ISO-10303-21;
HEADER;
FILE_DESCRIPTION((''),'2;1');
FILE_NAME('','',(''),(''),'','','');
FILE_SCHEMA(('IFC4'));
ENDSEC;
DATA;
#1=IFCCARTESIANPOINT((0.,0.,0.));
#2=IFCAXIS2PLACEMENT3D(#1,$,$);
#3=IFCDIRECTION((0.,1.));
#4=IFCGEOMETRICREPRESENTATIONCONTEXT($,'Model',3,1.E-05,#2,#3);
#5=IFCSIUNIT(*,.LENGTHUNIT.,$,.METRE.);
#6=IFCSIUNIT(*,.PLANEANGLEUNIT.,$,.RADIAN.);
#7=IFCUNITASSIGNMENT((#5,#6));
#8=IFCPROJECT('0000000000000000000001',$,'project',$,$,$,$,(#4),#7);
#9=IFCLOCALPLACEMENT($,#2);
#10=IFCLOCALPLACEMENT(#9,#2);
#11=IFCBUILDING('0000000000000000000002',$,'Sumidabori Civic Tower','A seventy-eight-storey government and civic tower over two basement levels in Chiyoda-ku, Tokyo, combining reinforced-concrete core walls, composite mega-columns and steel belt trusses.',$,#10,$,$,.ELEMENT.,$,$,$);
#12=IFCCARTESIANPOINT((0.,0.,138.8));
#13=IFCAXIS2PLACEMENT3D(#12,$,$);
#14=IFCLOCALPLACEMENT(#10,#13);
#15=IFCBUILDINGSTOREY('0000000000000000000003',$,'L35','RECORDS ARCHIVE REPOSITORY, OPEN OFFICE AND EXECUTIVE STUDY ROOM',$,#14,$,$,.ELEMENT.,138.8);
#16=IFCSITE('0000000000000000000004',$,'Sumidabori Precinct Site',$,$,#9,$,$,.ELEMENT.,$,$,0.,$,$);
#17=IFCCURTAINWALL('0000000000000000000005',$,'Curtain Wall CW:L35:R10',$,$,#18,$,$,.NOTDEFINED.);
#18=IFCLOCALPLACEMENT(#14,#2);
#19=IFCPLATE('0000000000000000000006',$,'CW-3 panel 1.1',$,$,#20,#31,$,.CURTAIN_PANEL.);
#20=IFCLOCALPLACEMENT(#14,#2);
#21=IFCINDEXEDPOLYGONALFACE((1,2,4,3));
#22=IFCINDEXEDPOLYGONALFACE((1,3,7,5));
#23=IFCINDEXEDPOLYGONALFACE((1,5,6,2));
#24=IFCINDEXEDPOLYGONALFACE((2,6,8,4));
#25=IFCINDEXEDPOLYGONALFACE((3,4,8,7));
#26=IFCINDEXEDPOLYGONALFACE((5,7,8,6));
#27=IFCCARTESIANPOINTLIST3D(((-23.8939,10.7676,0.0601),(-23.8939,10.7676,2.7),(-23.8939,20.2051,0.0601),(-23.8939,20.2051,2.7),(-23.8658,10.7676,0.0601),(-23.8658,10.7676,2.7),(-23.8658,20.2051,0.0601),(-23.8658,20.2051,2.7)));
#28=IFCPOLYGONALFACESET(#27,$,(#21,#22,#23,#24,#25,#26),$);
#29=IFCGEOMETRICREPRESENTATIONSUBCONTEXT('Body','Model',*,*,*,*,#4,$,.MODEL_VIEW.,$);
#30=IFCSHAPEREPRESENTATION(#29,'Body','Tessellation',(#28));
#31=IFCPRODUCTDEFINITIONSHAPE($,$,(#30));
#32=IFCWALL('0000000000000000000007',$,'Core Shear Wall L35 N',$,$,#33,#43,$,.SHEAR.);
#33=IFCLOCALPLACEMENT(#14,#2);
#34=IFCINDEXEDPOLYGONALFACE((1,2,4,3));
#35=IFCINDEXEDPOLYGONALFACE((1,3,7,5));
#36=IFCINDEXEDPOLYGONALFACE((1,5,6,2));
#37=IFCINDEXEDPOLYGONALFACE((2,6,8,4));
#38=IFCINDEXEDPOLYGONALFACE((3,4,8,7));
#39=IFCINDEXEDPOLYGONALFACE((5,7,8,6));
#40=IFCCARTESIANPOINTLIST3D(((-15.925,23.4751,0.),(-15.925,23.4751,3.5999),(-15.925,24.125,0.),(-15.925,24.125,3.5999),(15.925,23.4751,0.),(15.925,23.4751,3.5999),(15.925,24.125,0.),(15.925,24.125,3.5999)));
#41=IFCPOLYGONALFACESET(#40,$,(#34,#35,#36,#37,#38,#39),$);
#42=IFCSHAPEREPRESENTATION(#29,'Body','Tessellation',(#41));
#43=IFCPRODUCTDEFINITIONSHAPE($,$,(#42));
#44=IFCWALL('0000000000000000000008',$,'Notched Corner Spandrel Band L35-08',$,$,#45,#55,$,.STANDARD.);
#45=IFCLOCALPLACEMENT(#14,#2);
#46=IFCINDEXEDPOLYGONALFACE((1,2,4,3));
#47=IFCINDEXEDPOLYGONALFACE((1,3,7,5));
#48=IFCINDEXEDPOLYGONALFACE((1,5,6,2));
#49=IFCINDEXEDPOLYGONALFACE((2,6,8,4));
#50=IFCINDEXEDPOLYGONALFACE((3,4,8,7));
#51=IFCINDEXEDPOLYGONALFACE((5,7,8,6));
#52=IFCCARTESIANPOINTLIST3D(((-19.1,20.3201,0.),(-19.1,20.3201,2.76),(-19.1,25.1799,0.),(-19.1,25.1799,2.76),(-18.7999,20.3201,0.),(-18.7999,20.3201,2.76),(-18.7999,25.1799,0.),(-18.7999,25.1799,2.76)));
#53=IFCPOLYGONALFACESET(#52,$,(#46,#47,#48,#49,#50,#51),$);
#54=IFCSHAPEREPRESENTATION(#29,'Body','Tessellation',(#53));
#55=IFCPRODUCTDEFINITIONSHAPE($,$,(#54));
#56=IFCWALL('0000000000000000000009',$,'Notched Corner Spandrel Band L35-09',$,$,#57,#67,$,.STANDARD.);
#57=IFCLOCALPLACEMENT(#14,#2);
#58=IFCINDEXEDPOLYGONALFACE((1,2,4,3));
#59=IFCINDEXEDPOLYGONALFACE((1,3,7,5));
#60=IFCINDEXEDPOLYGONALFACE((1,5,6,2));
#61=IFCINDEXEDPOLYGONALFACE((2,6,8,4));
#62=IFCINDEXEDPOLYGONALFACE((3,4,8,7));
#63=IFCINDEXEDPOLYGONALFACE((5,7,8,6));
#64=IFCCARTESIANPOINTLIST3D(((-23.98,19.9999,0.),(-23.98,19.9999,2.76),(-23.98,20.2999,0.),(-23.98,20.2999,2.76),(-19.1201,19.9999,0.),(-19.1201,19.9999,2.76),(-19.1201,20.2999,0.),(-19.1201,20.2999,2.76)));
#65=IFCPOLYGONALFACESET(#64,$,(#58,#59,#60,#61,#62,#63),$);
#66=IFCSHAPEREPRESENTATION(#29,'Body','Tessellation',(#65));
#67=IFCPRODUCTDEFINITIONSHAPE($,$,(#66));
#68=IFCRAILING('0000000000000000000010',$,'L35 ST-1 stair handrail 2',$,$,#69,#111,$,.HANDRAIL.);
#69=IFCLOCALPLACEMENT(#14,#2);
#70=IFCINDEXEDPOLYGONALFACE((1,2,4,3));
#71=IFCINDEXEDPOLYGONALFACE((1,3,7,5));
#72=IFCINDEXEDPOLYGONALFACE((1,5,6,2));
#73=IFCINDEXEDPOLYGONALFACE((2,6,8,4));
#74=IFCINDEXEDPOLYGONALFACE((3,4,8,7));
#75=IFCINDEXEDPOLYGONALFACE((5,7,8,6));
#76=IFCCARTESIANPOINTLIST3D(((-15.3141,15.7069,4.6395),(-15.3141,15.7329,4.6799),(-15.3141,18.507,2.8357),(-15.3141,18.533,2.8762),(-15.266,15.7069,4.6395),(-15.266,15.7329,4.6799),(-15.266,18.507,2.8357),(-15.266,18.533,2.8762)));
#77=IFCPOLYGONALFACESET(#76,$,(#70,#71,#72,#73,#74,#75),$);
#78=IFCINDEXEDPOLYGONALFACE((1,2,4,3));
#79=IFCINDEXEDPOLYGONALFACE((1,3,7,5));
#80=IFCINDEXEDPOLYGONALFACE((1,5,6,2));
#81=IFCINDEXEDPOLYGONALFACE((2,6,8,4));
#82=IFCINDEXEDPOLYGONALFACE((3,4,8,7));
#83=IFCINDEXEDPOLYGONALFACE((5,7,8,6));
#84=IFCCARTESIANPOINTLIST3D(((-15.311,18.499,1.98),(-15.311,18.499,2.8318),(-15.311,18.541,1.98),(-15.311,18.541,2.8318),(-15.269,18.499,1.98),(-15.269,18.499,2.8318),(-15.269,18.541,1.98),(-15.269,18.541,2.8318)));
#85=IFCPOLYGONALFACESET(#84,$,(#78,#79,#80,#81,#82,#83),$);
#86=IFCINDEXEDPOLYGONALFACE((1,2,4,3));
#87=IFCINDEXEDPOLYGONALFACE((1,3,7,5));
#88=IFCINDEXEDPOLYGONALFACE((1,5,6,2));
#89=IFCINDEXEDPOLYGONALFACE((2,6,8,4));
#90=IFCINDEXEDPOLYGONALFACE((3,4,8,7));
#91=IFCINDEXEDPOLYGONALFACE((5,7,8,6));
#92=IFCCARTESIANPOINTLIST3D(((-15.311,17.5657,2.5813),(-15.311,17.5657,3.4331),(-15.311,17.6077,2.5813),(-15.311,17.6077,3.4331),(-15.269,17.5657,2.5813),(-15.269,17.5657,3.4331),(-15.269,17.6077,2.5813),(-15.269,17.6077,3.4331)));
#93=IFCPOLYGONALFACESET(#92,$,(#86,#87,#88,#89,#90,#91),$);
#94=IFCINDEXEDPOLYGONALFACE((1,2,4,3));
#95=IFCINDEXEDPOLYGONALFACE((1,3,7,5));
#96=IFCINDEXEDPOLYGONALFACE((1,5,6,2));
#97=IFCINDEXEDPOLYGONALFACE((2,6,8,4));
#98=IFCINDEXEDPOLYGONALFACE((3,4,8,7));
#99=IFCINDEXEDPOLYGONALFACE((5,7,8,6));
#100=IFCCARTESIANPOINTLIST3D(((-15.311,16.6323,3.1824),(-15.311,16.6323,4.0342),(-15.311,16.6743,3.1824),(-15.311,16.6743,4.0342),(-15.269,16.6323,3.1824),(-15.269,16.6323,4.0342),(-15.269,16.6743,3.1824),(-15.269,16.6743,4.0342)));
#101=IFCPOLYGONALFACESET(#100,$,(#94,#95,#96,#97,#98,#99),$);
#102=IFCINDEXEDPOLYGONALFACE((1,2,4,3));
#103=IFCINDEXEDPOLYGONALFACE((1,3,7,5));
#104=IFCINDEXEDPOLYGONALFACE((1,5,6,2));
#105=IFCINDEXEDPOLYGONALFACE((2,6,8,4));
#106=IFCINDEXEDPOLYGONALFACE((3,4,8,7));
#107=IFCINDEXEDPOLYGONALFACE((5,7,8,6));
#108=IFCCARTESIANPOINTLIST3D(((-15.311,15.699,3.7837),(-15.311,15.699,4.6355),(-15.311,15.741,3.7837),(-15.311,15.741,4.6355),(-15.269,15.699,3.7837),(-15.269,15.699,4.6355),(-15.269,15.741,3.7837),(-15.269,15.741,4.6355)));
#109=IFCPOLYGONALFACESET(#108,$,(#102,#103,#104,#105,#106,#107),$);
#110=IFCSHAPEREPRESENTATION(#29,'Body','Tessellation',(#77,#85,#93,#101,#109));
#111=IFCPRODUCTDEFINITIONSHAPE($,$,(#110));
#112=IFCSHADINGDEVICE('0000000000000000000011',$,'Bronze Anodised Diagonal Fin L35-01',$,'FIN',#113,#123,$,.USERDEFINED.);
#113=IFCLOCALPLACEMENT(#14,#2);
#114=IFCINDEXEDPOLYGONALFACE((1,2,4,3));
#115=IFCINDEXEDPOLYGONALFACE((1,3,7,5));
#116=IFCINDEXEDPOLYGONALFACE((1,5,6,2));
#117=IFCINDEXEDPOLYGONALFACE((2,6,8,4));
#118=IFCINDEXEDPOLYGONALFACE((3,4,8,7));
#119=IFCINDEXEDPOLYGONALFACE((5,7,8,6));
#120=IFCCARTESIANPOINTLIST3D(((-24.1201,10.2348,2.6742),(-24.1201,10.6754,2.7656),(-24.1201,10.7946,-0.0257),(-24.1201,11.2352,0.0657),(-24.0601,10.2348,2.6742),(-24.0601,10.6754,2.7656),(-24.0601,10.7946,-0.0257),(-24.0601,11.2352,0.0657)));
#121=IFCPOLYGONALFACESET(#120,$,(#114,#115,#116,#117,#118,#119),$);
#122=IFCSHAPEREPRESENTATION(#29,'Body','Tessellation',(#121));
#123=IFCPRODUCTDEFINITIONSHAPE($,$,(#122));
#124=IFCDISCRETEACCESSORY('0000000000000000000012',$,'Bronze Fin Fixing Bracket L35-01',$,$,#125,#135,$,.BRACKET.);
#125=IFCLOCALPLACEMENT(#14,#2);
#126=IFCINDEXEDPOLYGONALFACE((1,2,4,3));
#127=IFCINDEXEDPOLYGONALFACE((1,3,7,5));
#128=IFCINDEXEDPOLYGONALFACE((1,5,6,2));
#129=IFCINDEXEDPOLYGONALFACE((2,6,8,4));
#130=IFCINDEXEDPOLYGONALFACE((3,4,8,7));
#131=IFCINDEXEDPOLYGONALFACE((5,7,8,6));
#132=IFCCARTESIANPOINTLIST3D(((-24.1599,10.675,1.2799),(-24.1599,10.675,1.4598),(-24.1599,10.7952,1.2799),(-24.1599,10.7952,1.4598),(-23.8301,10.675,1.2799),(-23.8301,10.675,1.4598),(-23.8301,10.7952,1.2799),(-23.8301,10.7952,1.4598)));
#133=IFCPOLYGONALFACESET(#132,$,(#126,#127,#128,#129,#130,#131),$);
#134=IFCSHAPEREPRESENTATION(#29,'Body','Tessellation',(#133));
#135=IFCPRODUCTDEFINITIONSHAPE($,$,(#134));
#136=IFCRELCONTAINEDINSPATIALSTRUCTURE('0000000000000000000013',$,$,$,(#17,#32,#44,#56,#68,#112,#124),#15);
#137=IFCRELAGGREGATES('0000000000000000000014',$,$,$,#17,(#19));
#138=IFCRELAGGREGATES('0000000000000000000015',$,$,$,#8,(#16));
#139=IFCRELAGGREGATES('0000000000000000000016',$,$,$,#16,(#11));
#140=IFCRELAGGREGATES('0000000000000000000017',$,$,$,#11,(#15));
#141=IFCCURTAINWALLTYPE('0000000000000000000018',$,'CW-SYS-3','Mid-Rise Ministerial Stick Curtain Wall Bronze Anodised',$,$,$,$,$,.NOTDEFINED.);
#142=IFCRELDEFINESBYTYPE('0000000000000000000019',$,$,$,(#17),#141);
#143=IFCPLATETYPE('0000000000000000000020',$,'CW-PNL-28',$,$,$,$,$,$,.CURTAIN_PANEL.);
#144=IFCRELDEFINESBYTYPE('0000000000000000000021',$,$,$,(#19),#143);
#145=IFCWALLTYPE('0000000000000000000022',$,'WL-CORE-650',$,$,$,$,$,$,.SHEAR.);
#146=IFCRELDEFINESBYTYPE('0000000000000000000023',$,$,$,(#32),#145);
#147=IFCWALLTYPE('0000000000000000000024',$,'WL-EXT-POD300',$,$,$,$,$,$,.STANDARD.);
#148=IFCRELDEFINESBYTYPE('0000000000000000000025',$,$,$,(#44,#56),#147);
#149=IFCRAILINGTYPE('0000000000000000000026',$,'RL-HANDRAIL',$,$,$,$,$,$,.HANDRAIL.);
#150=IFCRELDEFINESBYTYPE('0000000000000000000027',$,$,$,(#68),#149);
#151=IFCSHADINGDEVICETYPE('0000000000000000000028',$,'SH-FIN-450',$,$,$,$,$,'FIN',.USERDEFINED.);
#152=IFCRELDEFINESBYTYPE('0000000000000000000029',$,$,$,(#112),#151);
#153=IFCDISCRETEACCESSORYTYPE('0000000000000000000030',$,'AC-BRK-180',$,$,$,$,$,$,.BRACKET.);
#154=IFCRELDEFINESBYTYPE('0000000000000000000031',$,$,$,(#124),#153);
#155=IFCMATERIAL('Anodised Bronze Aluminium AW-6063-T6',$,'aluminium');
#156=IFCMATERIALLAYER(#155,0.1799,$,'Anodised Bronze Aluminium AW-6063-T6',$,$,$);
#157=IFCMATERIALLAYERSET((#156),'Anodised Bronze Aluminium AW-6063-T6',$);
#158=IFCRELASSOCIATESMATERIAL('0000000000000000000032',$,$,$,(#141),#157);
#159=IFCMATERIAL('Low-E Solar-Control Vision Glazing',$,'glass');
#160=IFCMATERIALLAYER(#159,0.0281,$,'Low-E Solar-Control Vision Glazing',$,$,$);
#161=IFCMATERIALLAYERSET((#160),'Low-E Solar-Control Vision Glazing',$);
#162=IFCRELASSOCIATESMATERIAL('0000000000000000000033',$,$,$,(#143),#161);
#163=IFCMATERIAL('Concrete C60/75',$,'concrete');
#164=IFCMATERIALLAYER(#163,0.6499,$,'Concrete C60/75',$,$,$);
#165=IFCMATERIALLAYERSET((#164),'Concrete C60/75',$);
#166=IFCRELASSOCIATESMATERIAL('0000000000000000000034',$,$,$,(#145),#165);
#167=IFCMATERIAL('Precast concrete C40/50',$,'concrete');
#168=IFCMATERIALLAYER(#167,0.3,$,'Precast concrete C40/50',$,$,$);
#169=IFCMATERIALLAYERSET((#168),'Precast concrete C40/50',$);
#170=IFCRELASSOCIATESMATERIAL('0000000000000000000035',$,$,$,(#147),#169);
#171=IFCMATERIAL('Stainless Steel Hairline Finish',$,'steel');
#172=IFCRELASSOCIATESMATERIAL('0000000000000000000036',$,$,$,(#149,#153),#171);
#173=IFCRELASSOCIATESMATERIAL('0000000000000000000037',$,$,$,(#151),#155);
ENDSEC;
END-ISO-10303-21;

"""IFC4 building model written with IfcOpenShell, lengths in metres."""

from ifc_helpers import new_model, si_unit, direction, frame, frame_2d, origin, origin_2d, place, context, subcontext, project, spatial, rectangle, extrude, source, transform, mapped, material, layer, layer_set, material_profile, profile_set, type_object, element, aggregate, save


model = new_model("IFC4")

# Units and contexts
model_context = context("Model", 3, precision=1e-05, world=origin(), true_north=direction((0.0, 1.0)))
body_context = subcontext(model_context, "Body", "Model", "MODEL_VIEW")
ifc_project = project(units=[si_unit("LENGTHUNIT", "METRE"), si_unit("PLANEANGLEUNIT", "RADIAN")], contexts=[model_context])

# Site, building, storey
site_placement = place(None, origin())
site = spatial("IfcSite", under=ifc_project, at=site_placement, Name="Sumidabori Precinct Site", CompositionType="ELEMENT", RefElevation=0.0)
building_placement = place(site_placement, origin())
building = spatial("IfcBuilding", under=site, at=building_placement, Name="Sumidabori Civic Tower", Description="A seventy-eight-storey government and civic tower over two basement levels in Chiyoda-ku, Tokyo, combining reinforced-concrete core walls, composite mega-columns and steel belt trusses.", CompositionType="ELEMENT")
storey_placement = place(building_placement, frame((0.0, 0.0, 138.8)))
storey = spatial("IfcBuildingStorey", under=building, at=storey_placement, Name="L35", Description="RECORDS ARCHIVE REPOSITORY, OPEN OFFICE AND EXECUTIVE STUDY ROOM", CompositionType="ELEMENT", Elevation=138.8)

# Shared definitions
ifc_material_1 = material(Name="Concrete C60/75", Category="concrete")

# Shared definitions
ifc_material_2 = material(Name="Anodised Bronze Aluminium AW-6063-T6", Category="aluminium")
ifc_layer_1 = layer(ifc_material_2, 0.1799, Name="Anodised Bronze Aluminium AW-6063-T6")
ifc_layer_set_1 = layer_set([ifc_layer_1], Name="Anodised Bronze Aluminium AW-6063-T6")
curtain_wall_type = type_object("IfcCurtainWallType", Name="CW-SYS-3", Description="Mid-Rise Ministerial Stick Curtain Wall Bronze Anodised", PredefinedType="NOTDEFINED", material=ifc_layer_set_1)

# Curtain wall, plate
curtain_wall_1_placement = place(storey_placement, origin())
curtain_wall_1 = element("IfcCurtainWall", 1, at=curtain_wall_1_placement, inside=storey, type_object=curtain_wall_type, Name="Curtain Wall CW:L35:R10", PredefinedType="NOTDEFINED")
ifc_material_3 = material(Name="Low-E Solar-Control Vision Glazing", Category="glass")
ifc_layer_2 = layer(ifc_material_3, 0.0281, Name="Low-E Solar-Control Vision Glazing")
ifc_layer_set_2 = layer_set([ifc_layer_2], Name="Low-E Solar-Control Vision Glazing")
plate_type = type_object("IfcPlateType", Name="CW-PNL-28", PredefinedType="CURTAIN_PANEL", material=ifc_layer_set_2)
shared_shape_1 = source(origin(), body_context, "Body", "SweptSolid", [
    extrude(rectangle(XDim=9.4375, YDim=0.0281, at=origin_2d()), origin(), (0.0, 0.0, 1.0), 2.6399),
])
plate_placement = place(storey_placement, frame((-23.8799, 15.4863, 0.0601), z_axis=(0.0, 0.0, 1.0), x_axis=(0.0, -1.0, 0.0)))
plate = element("IfcPlate", 2, at=plate_placement, type_object=plate_type, Name="CW-3 panel 1.1", PredefinedType="CURTAIN_PANEL", context=body_context, shape_type="MappedRepresentation", body=[
    mapped(shared_shape_1, transform((0.0, 0.0, 0.0), x_axis=(1.0, 0.0, 0.0), y_axis=(0.0, 1.0, 0.0), z_axis=(0.0, 0.0, 1.0), scale=1.0)),
])
aggregate(curtain_wall_1, [plate])

# Walls
ifc_layer_3 = layer(ifc_material_1, 0.6499, Name="Concrete C60/75")
ifc_layer_set_3 = layer_set([ifc_layer_3], Name="Concrete C60/75")
wall_type_1 = type_object("IfcWallType", Name="WL-CORE-650", PredefinedType="SHEAR", material=ifc_layer_set_3)
shared_shape_2 = source(origin(), body_context, "Body", "SweptSolid", [
    extrude(rectangle(XDim=31.8501, YDim=0.6499, at=frame_2d((15.925, 0.0))), origin(), (0.0, 0.0, 1.0), 3.5999),
])
wall_placement = place(storey_placement, frame((-15.925, 23.8, 0.0), z_axis=(0.0, 0.0, 1.0), x_axis=(1.0, 0.0, 0.0)))
element("IfcWall", 3, at=wall_placement, inside=storey, type_object=wall_type_1, Name="Core Shear Wall L35 N", PredefinedType="SHEAR", context=body_context, shape_type="MappedRepresentation", body=[
    mapped(shared_shape_2, transform((0.0, 0.0, 0.0), x_axis=(1.0, 0.0, 0.0), y_axis=(0.0, 1.0, 0.0), z_axis=(0.0, 0.0, 1.0), scale=1.0)),
])
ifc_material_4 = material(Name="Precast concrete C40/50", Category="concrete")
ifc_layer_4 = layer(ifc_material_4, 0.3, Name="Precast concrete C40/50")
ifc_layer_set_4 = layer_set([ifc_layer_4], Name="Precast concrete C40/50")
wall_type_2 = type_object("IfcWallType", Name="WL-EXT-POD300", PredefinedType="STANDARD", material=ifc_layer_set_4)
shared_shape_3 = source(origin(), body_context, "Body", "SweptSolid", [
    extrude(rectangle(XDim=4.8599, YDim=0.3, at=frame_2d((2.4299, 0.0))), origin(), (0.0, 0.0, 1.0), 2.76),
])
for number, where, z_axis, x_axis, name in (
    (4, (-18.95, 25.1799, 0.0), (0.0, 0.0, 1.0), (0.0, -1.0, 0.0), "Notched Corner Spandrel Band L35-08"),
    (5, (-19.1201, 20.1499, 0.0), (0.0, 0.0, 1.0), (-1.0, 0.0, 0.0), "Notched Corner Spandrel Band L35-09"),
):
    element("IfcWall", number, at=place(storey_placement, frame(where, z_axis=z_axis, x_axis=x_axis)), inside=storey, type_object=wall_type_2, Name=name, PredefinedType="STANDARD", context=body_context, shape_type="MappedRepresentation", body=[
        mapped(shared_shape_3, transform((0.0, 0.0, 0.0), x_axis=(1.0, 0.0, 0.0), y_axis=(0.0, 1.0, 0.0), z_axis=(0.0, 0.0, 1.0), scale=1.0)),
    ])

# Railing
ifc_material_5 = material(Name="Stainless Steel Hairline Finish", Category="steel")
railing_type = type_object("IfcRailingType", Name="RL-HANDRAIL", PredefinedType="HANDRAIL", material=ifc_material_5)
railing_placement = place(storey_placement, frame((-15.29, 18.52, 1.98)))
element("IfcRailing", 6, at=railing_placement, inside=storey, type_object=railing_type, Name="L35 ST-1 stair handrail 2", PredefinedType="HANDRAIL", context=body_context, shape_type="SweptSolid", body=[
    extrude(rectangle(XDim=0.0481, YDim=0.0481, at=origin_2d()), frame((0.0, 0.0, 0.876), z_axis=(0.0, -0.840676, 0.541539), x_axis=(1.0, 0.0, 0.0)), (0.0, 0.0, 1.0), 3.3308),
    extrude(rectangle(XDim=0.042, YDim=0.042, at=origin_2d()), origin(), (0.0, 0.0, 1.0), 0.8518),
    extrude(rectangle(XDim=0.042, YDim=0.042, at=origin_2d()), frame((0.0, -0.9333, 0.6013)), (0.0, 0.0, 1.0), 0.8518),
    extrude(rectangle(XDim=0.042, YDim=0.042, at=origin_2d()), frame((0.0, -1.8667, 1.2024)), (0.0, 0.0, 1.0), 0.8518),
    extrude(rectangle(XDim=0.042, YDim=0.042, at=origin_2d()), frame((0.0, -2.8, 1.8037)), (0.0, 0.0, 1.0), 0.8518),
])

# Shading device
ifc_material_profile_1 = material_profile(ifc_material_2, rectangle(XDim=0.0601, YDim=0.45, at=origin_2d()), Name="BRONZE FIN 450x60")
ifc_profile_set_1 = profile_set([ifc_material_profile_1], Name="Anodised Bronze Aluminium AW-6063-T6")
shading_device_type = type_object("IfcShadingDeviceType", Name="SH-FIN-450", ElementType="FIN", PredefinedType="USERDEFINED", material=ifc_profile_set_1)
shared_shape_4 = source(origin(), body_context, "Body", "SweptSolid", [
    extrude(rectangle(XDim=0.0601, YDim=0.45, at=origin_2d()), origin(), (0.0, 0.0, 1.0), 2.7573),
])
shading_device_placement = place(storey_placement, frame((-24.0901, 11.0149, 0.02), z_axis=(0.0, -0.203024, 0.979174), x_axis=(-1.0, 0.0, 0.0)))
element("IfcShadingDevice", 7, at=shading_device_placement, inside=storey, type_object=shading_device_type, Name="Bronze Anodised Diagonal Fin L35-01", ObjectType="FIN", PredefinedType="USERDEFINED", context=body_context, shape_type="MappedRepresentation", body=[
    mapped(shared_shape_4, transform((0.0, 0.0, 0.0), x_axis=(1.0, 0.0, 0.0), y_axis=(0.0, 1.0, 0.0), z_axis=(0.0, 0.0, 1.0), scale=1.0)),
])

# Discrete accessory
ifc_material_profile_2 = material_profile(ifc_material_5, rectangle(XDim=0.1201, YDim=0.1799, at=origin_2d()), Name="STEEL BRACKET 180x120")
ifc_profile_set_2 = profile_set([ifc_material_profile_2], Name="Stainless Steel Hairline Finish")
discrete_accessory_type = type_object("IfcDiscreteAccessoryType", Name="AC-BRK-180", PredefinedType="BRACKET", material=ifc_profile_set_2)
shared_shape_5 = source(origin(), body_context, "Body", "SweptSolid", [
    extrude(rectangle(XDim=0.1201, YDim=0.1799, at=origin_2d()), origin(), (0.0, 0.0, 1.0), 0.3298),
])
discrete_accessory_placement = place(storey_placement, frame((-23.8301, 10.7351, 1.3699), z_axis=(-1.0, 0.0, 0.0), x_axis=(0.0, -1.0, 0.0)))
element("IfcDiscreteAccessory", 8, at=discrete_accessory_placement, inside=storey, type_object=discrete_accessory_type, Name="Bronze Fin Fixing Bracket L35-01", PredefinedType="BRACKET", context=body_context, shape_type="MappedRepresentation", body=[
    mapped(shared_shape_5, transform((0.0, 0.0, 0.0), x_axis=(1.0, 0.0, 0.0), y_axis=(0.0, 1.0, 0.0), z_axis=(0.0, 0.0, 1.0), scale=1.0)),
])

save(model, "model.ifc")
